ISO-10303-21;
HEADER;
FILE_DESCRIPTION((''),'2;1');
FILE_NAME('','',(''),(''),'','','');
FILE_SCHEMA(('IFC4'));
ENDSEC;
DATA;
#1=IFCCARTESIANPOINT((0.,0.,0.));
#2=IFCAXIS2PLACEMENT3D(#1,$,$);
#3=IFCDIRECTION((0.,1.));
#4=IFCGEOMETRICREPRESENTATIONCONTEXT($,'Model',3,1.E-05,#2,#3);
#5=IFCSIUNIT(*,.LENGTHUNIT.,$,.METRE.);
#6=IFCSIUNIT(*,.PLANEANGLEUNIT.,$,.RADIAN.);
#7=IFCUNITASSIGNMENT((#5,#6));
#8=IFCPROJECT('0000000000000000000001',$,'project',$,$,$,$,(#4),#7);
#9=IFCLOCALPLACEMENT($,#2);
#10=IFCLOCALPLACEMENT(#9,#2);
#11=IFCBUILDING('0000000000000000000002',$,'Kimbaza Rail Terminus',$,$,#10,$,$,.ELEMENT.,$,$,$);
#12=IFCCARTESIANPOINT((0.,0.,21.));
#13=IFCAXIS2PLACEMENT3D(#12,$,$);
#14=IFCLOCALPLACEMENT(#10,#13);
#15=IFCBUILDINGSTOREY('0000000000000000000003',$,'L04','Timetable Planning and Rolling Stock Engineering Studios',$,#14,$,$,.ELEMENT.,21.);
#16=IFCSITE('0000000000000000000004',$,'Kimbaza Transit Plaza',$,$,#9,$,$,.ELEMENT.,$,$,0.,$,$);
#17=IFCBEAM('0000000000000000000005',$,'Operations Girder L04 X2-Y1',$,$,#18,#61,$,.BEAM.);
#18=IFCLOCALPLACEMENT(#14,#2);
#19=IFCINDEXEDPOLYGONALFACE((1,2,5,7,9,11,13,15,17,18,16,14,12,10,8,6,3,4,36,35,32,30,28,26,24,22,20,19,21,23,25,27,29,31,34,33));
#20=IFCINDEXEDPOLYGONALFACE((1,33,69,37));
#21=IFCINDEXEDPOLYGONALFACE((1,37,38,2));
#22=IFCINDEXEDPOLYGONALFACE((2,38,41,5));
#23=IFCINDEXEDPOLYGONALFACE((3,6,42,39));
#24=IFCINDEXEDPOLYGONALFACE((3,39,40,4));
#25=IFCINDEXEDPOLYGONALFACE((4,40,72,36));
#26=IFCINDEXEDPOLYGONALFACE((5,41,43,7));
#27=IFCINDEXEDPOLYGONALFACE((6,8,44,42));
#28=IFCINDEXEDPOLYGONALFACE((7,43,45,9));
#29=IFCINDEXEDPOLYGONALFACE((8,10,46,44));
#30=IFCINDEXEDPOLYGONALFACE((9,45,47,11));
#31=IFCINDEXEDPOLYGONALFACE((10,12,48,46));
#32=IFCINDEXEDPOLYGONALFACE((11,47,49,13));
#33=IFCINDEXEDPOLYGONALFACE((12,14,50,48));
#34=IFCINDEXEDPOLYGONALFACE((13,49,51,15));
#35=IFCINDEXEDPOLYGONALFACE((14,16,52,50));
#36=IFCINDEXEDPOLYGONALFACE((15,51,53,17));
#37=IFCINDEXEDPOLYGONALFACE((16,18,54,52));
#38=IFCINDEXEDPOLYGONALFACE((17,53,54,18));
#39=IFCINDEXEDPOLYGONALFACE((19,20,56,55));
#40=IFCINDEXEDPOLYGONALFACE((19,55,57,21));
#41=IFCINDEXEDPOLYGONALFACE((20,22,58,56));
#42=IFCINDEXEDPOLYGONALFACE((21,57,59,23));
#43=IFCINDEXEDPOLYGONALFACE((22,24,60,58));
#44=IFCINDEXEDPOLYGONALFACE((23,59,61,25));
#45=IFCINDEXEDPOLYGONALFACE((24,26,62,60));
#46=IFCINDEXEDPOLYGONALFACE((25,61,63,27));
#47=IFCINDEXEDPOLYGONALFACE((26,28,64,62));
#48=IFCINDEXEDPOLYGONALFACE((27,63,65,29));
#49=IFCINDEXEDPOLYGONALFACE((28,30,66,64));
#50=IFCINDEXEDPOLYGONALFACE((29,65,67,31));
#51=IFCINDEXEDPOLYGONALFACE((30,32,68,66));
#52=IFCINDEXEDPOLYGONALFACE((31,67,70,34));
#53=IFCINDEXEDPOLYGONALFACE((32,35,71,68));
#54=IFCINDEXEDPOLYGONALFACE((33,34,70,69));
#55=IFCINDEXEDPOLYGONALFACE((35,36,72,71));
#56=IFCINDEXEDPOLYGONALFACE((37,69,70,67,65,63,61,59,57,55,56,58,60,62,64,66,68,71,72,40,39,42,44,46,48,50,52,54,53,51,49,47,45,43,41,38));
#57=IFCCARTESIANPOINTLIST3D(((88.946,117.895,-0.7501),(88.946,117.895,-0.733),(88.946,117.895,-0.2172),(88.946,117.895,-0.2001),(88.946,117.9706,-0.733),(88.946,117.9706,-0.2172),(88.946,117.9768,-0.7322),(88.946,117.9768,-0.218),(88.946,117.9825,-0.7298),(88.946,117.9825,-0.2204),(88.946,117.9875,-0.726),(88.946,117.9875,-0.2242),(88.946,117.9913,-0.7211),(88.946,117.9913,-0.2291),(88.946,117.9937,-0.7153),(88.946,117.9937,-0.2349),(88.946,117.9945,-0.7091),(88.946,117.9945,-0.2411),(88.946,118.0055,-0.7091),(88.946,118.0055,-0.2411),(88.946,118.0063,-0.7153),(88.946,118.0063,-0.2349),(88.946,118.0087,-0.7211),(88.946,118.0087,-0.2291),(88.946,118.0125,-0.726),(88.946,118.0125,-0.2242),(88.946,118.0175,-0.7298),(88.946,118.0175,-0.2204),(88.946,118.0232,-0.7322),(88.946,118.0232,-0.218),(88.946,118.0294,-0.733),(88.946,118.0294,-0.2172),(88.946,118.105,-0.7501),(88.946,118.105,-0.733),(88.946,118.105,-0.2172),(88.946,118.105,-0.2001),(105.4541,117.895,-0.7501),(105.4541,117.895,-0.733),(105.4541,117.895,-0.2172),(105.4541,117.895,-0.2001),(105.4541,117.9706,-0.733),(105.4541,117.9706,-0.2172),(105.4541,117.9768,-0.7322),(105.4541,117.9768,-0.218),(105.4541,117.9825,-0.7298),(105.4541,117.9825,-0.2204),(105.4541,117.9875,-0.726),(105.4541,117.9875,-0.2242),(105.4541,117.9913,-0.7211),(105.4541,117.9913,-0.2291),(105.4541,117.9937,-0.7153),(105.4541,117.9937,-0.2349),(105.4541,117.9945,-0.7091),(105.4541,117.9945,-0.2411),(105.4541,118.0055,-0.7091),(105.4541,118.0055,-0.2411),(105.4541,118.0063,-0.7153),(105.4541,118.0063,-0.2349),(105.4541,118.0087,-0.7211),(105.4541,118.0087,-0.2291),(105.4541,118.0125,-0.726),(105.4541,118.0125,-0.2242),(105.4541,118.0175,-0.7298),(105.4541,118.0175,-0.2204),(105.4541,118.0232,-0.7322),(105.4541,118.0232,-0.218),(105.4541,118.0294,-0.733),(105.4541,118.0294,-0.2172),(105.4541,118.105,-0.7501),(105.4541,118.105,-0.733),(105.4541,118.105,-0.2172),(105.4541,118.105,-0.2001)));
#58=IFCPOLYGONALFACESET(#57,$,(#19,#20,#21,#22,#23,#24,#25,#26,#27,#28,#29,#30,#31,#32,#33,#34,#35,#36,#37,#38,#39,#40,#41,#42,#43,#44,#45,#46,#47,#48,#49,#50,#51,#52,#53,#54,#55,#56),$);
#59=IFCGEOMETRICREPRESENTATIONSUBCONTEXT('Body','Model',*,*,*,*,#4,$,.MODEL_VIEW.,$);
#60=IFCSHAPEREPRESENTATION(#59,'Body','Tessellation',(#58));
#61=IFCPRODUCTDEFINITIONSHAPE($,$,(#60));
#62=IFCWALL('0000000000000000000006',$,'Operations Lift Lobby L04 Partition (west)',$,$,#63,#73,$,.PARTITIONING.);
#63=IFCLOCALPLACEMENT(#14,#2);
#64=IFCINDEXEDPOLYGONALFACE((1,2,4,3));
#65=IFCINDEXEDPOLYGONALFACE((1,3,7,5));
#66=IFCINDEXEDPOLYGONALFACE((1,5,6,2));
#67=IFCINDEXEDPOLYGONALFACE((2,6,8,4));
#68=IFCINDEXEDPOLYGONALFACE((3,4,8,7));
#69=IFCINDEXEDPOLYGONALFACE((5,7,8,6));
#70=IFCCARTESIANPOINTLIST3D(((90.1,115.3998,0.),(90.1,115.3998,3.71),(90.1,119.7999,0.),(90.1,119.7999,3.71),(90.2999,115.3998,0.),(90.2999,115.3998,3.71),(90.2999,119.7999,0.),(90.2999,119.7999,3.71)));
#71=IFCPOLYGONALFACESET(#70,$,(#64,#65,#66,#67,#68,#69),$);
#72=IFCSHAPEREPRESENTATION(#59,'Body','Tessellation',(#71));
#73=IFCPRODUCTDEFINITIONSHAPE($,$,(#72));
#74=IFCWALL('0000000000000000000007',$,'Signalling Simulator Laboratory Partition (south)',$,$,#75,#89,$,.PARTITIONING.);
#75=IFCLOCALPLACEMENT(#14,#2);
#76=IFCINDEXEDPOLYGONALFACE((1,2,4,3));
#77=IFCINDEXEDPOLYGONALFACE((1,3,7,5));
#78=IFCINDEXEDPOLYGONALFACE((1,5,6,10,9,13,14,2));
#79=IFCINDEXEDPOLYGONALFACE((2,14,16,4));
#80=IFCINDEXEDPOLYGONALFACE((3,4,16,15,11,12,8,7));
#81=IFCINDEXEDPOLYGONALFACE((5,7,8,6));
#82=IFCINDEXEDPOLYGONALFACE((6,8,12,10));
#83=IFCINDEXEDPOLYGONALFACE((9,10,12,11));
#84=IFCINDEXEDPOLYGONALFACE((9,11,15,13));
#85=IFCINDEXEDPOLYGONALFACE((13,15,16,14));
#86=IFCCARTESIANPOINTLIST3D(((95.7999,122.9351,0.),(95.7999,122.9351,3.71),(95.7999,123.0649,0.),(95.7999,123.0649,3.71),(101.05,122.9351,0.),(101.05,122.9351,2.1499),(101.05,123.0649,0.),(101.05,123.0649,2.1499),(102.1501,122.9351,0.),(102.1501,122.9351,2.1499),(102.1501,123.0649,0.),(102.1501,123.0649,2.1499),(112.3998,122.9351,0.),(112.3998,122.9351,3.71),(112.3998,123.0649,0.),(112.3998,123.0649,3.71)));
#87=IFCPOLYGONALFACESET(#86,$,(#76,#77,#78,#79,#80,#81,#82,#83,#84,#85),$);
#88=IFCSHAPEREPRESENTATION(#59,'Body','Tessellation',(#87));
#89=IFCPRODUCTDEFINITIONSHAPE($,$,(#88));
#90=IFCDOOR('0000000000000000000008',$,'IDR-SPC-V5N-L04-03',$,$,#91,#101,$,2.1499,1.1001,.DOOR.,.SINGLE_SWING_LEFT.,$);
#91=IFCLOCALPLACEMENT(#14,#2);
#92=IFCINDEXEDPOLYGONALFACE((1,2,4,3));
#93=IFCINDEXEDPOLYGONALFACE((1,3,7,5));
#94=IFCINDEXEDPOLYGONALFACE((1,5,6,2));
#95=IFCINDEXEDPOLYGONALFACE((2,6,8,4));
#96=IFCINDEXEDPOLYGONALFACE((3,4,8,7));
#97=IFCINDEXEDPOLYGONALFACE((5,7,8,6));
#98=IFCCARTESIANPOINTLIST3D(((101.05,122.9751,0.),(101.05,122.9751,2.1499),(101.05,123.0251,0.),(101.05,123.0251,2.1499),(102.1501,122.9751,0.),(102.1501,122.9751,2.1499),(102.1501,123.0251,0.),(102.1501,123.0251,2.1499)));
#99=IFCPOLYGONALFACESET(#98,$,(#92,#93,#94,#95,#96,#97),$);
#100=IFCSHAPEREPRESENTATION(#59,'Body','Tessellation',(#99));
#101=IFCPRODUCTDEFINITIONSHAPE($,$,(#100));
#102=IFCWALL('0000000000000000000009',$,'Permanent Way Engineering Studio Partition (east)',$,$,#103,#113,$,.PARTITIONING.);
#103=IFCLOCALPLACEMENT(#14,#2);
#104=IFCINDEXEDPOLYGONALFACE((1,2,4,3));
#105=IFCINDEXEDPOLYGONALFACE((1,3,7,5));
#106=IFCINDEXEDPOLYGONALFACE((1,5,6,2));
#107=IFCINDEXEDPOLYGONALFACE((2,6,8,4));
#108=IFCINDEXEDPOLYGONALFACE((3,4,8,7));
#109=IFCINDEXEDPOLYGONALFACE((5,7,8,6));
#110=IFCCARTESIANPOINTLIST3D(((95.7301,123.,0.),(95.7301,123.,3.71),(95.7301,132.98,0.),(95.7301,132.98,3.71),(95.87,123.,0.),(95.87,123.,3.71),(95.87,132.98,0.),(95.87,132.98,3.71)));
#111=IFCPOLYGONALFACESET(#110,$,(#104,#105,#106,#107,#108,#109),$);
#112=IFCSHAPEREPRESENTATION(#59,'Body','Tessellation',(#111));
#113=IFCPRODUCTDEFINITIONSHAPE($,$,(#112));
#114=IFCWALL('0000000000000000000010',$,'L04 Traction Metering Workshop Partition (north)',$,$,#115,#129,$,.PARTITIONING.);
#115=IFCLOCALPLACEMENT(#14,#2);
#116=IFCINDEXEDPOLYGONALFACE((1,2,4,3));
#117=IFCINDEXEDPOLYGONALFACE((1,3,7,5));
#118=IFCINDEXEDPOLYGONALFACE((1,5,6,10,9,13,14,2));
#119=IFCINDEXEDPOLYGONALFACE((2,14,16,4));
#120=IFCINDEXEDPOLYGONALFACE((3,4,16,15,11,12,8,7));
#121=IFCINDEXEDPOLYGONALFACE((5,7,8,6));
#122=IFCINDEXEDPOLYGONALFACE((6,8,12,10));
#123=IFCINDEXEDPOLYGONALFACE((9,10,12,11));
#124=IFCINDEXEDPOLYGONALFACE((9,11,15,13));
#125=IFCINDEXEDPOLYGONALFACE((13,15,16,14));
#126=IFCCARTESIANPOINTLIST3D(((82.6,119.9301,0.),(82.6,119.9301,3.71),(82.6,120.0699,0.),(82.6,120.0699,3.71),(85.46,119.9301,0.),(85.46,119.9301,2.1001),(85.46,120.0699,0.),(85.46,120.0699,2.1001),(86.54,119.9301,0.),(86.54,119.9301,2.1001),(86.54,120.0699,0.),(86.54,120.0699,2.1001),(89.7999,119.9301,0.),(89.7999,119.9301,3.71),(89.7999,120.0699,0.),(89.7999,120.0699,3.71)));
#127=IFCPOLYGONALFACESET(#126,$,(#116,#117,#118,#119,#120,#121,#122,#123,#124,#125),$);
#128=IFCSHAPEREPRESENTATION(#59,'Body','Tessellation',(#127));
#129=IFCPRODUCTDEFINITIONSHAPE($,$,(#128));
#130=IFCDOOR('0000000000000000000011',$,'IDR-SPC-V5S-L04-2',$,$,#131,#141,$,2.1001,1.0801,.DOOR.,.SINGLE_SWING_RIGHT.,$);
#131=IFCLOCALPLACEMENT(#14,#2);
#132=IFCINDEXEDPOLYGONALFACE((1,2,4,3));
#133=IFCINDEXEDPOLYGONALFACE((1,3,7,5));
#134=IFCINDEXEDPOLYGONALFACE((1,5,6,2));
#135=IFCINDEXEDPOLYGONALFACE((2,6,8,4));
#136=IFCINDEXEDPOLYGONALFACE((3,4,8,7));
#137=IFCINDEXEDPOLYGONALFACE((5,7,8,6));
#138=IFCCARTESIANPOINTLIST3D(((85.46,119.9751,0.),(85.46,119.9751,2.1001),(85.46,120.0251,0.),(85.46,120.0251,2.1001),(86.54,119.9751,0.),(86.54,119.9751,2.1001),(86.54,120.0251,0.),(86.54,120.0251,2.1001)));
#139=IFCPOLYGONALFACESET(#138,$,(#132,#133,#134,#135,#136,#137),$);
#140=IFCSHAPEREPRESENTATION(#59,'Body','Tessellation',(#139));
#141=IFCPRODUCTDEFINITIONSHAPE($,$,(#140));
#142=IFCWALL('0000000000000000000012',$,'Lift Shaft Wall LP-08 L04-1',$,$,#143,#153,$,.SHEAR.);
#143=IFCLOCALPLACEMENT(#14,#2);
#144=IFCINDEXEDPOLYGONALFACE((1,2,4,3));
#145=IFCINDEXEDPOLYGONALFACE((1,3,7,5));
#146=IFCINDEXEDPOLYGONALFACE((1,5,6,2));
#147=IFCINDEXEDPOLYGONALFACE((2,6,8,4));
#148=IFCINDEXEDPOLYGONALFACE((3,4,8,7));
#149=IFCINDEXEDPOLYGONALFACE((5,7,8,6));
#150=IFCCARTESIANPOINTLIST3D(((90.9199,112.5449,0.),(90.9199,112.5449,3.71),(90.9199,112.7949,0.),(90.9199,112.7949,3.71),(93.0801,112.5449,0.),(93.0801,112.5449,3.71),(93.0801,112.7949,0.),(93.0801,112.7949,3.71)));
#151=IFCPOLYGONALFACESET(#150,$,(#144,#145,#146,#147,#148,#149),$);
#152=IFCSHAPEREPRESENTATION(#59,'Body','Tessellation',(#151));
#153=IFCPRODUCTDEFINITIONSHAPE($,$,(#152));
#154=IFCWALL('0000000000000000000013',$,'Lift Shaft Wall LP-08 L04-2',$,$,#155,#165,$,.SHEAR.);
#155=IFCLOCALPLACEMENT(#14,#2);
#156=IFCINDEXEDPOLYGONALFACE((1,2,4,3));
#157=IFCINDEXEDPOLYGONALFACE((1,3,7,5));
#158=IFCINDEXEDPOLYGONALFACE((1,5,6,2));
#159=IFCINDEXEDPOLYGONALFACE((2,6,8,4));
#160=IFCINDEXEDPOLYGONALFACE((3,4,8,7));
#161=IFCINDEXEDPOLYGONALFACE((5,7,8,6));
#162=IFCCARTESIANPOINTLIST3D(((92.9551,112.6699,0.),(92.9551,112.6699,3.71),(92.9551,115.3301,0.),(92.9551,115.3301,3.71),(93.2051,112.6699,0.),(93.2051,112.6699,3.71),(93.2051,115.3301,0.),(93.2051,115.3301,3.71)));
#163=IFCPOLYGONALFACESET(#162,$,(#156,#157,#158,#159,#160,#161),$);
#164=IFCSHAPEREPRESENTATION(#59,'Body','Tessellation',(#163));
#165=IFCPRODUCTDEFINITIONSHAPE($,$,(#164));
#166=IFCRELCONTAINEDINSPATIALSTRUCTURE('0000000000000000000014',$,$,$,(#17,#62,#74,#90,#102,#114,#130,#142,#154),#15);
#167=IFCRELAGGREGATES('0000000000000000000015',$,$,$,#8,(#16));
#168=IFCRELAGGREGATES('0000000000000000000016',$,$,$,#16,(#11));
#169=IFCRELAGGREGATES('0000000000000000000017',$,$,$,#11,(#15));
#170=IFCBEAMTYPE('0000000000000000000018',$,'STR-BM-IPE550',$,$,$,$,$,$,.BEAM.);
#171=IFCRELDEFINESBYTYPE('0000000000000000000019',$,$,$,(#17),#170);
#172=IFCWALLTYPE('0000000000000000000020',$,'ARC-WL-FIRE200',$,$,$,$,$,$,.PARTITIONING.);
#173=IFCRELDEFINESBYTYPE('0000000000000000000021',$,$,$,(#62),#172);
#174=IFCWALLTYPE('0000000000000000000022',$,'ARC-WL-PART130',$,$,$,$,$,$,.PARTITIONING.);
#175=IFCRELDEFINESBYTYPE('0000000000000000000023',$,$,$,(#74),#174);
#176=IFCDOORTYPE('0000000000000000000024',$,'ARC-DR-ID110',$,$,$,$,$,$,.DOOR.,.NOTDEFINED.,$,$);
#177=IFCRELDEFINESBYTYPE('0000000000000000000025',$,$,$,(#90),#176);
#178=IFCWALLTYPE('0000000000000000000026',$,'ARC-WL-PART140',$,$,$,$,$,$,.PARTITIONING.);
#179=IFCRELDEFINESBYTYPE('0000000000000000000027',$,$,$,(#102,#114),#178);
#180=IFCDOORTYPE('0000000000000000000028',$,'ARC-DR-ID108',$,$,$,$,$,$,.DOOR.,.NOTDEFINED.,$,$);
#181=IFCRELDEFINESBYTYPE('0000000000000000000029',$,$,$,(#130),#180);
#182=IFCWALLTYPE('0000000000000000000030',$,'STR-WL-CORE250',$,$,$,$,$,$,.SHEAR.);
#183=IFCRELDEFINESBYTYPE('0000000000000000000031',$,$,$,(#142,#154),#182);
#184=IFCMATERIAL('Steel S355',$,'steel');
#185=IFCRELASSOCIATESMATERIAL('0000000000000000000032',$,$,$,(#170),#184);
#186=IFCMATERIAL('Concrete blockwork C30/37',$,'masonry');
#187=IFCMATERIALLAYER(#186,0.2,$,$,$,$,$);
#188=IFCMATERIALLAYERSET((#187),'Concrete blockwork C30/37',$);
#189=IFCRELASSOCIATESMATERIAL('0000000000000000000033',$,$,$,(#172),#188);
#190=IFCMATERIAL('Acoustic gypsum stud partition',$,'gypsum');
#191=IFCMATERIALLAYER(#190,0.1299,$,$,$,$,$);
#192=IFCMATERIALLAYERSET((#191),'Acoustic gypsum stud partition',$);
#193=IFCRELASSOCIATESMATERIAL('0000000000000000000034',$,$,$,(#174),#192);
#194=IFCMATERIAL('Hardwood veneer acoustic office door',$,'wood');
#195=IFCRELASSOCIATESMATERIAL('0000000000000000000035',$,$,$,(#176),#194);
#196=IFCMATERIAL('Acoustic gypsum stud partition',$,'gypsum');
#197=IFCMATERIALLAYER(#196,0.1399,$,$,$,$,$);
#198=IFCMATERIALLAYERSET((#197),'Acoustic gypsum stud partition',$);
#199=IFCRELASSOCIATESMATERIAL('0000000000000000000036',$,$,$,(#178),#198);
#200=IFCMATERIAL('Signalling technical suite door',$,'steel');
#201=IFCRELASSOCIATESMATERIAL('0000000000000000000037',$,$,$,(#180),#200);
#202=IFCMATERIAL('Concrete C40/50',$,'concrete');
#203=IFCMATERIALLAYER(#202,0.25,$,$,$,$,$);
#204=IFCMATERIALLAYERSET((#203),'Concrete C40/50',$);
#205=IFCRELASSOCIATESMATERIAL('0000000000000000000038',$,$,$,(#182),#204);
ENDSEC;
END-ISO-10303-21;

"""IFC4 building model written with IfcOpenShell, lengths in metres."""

from ifc_helpers import new_model, si_unit, direction, frame, frame_2d, origin, origin_2d, place, context, subcontext, project, spatial, rectangle, i_section, extrude, material, layer, layer_set, material_profile, profile_set, type_object, element, fill, save


model = new_model("IFC4")

# Units and contexts
model_context = context("Model", 3, precision=1e-05, world=origin(), true_north=direction((0.0, 1.0)))
body_context = subcontext(model_context, "Body", "Model", "MODEL_VIEW")
ifc_project = project(units=[si_unit("LENGTHUNIT", "METRE"), si_unit("PLANEANGLEUNIT", "RADIAN")], contexts=[model_context])

# Site, building, storey
site_placement = place(None, origin())
site = spatial("IfcSite", under=ifc_project, at=site_placement, Name="Kimbaza Transit Plaza", CompositionType="ELEMENT", RefElevation=0.0)
building_placement = place(site_placement, origin())
building = spatial("IfcBuilding", under=site, at=building_placement, Name="Kimbaza Rail Terminus", CompositionType="ELEMENT")
storey_placement = place(building_placement, frame((0.0, 0.0, 21.0)))
storey = spatial("IfcBuildingStorey", under=building, at=storey_placement, Name="L04", Description="Timetable Planning and Rolling Stock Engineering Studios", CompositionType="ELEMENT", Elevation=21.0)

# Beam
ifc_material_1 = material(Name="Steel S355", Category="steel")
ifc_material_profile_1 = material_profile(ifc_material_1, i_section(OverallWidth=0.21, OverallDepth=0.55, WebThickness=0.011, FlangeThickness=0.0171, FilletRadius=0.0239, at=origin_2d()), Name="IPE 550")
ifc_profile_set_1 = profile_set([ifc_material_profile_1], Name="Steel S355")
beam_type_1 = type_object("IfcBeamType", Name="STR-BM-IPE550", PredefinedType="BEAM", material=ifc_profile_set_1)
beam_1_placement = place(storey_placement, frame((88.946, 118.0, -0.4751), z_axis=(1.0, 0.0, 0.0), x_axis=(0.0, 1.0, 0.0)))
element("IfcBeam", 1, at=beam_1_placement, inside=storey, type_object=beam_type_1, Name="Operations Girder L04 X2-Y1", PredefinedType="BEAM", context=body_context, shape_type="SweptSolid", body=[
    extrude(i_section(OverallWidth=0.21, OverallDepth=0.55, WebThickness=0.011, FlangeThickness=0.0171, FilletRadius=0.0239, at=origin_2d()), origin(), (0.0, 0.0, 1.0), 16.5081),
])

# Wall
ifc_material_2 = material(Name="Concrete blockwork C30/37", Category="masonry")
ifc_layer_1 = layer(ifc_material_2, 0.2)
ifc_layer_set_1 = layer_set([ifc_layer_1], Name="Concrete blockwork C30/37")
wall_type_1 = type_object("IfcWallType", Name="ARC-WL-FIRE200", PredefinedType="PARTITIONING", material=ifc_layer_set_1)
wall_1_placement = place(storey_placement, frame((90.2, 119.8, 0.0), z_axis=(0.0, 0.0, 1.0), x_axis=(0.0, -1.0, 0.0)))
element("IfcWall", 2, at=wall_1_placement, inside=storey, type_object=wall_type_1, Name="Operations Lift Lobby L04 Partition (west)", PredefinedType="PARTITIONING", context=body_context, shape_type="SweptSolid", body=[
    extrude(rectangle(XDim=4.4001, YDim=0.2, at=frame_2d((2.2002, 0.0))), origin(), (0.0, 0.0, 1.0), 3.71),
])

# Wall, opening, door
ifc_material_3 = material(Name="Acoustic gypsum stud partition", Category="gypsum")
ifc_layer_2 = layer(ifc_material_3, 0.1299)
ifc_layer_set_2 = layer_set([ifc_layer_2], Name="Acoustic gypsum stud partition")
wall_type_2 = type_object("IfcWallType", Name="ARC-WL-PART130", PredefinedType="PARTITIONING", material=ifc_layer_set_2)
wall_2_placement = place(storey_placement, frame((95.8, 123.0, 0.0), z_axis=(0.0, 0.0, 1.0), x_axis=(1.0, 0.0, 0.0)))
wall_2 = element("IfcWall", 3, at=wall_2_placement, inside=storey, type_object=wall_type_2, Name="Signalling Simulator Laboratory Partition (south)", PredefinedType="PARTITIONING", context=body_context, shape_type="SweptSolid", body=[
    extrude(rectangle(XDim=16.5999, YDim=0.1299, at=frame_2d((8.2998, 0.0))), origin(), (0.0, 0.0, 1.0), 3.71),
])
opening_1_placement = place(wall_2_placement, frame((6.3501, 0.0, 0.0), z_axis=(0.0, 0.0, 1.0), x_axis=(-1.0, 0.0, 0.0)))
opening_1 = element("IfcOpeningElement", 4, at=opening_1_placement, cuts=wall_2, PredefinedType="OPENING", context=body_context, shape_type="SweptSolid", body=[
    extrude(rectangle(XDim=1.1001, YDim=2.1499, at=frame_2d((0.55, 1.075))), frame((0.0, 0.075, 0.0), z_axis=(0.0, -1.0, 0.0), x_axis=(1.0, 0.0, 0.0)), (0.0, 0.0, 1.0), 0.1499),
])
ifc_material_4 = material(Name="Hardwood veneer acoustic office door", Category="wood")
door_type_1 = type_object("IfcDoorType", Name="ARC-DR-ID110", OperationType="NOTDEFINED", PredefinedType="DOOR", material=ifc_material_4)
door_1_placement = place(opening_1_placement, origin())
door_1 = element("IfcDoor", 5, at=door_1_placement, inside=storey, type_object=door_type_1, Name="IDR-SPC-V5N-L04-03", OperationType="SINGLE_SWING_LEFT", OverallHeight=2.1499, OverallWidth=1.1001, PredefinedType="DOOR", context=body_context, shape_type="SweptSolid", body=[
    extrude(rectangle(XDim=1.1001, YDim=2.1499, at=frame_2d((0.55, 1.075))), frame((0.0, 0.0249, 0.0), z_axis=(0.0, -1.0, 0.0), x_axis=(1.0, 0.0, 0.0)), (0.0, 0.0, 1.0), 0.05),
])
fill(opening_1, door_1)

# Wall
ifc_material_5 = material(Name="Acoustic gypsum stud partition", Category="gypsum")
ifc_layer_3 = layer(ifc_material_5, 0.1399)
ifc_layer_set_3 = layer_set([ifc_layer_3], Name="Acoustic gypsum stud partition")
wall_type_3 = type_object("IfcWallType", Name="ARC-WL-PART140", PredefinedType="PARTITIONING", material=ifc_layer_set_3)
wall_3_placement = place(storey_placement, frame((95.8, 123.0, 0.0), z_axis=(0.0, 0.0, 1.0), x_axis=(0.0, 1.0, 0.0)))
element("IfcWall", 6, at=wall_3_placement, inside=storey, type_object=wall_type_3, Name="Permanent Way Engineering Studio Partition (east)", PredefinedType="PARTITIONING", context=body_context, shape_type="SweptSolid", body=[
    extrude(rectangle(XDim=9.98, YDim=0.1399, at=frame_2d((4.99, 0.0))), origin(), (0.0, 0.0, 1.0), 3.71),
])

# Wall, opening, door
wall_4_placement = place(storey_placement, frame((89.8, 120.0, 0.0), z_axis=(0.0, 0.0, 1.0), x_axis=(-1.0, 0.0, 0.0)))
wall_4 = element("IfcWall", 7, at=wall_4_placement, inside=storey, type_object=wall_type_3, Name="L04 Traction Metering Workshop Partition (north)", PredefinedType="PARTITIONING", context=body_context, shape_type="SweptSolid", body=[
    extrude(rectangle(XDim=7.2, YDim=0.1399, at=frame_2d((3.6001, 0.0))), origin(), (0.0, 0.0, 1.0), 3.71),
])
opening_2_placement = place(wall_4_placement, frame((3.26, 0.0, 0.0)))
opening_2 = element("IfcOpeningElement", 8, at=opening_2_placement, cuts=wall_4, PredefinedType="OPENING", context=body_context, shape_type="SweptSolid", body=[
    extrude(rectangle(XDim=1.0801, YDim=2.1001, at=frame_2d((0.54, 1.05))), frame((0.0, 0.0798, 0.0), z_axis=(0.0, -1.0, 0.0), x_axis=(1.0, 0.0, 0.0)), (0.0, 0.0, 1.0), 0.1599),
])
ifc_material_6 = material(Name="Signalling technical suite door", Category="steel")
door_type_2 = type_object("IfcDoorType", Name="ARC-DR-ID108", OperationType="NOTDEFINED", PredefinedType="DOOR", material=ifc_material_6)
door_2_placement = place(opening_2_placement, origin())
door_2 = element("IfcDoor", 9, at=door_2_placement, inside=storey, type_object=door_type_2, Name="IDR-SPC-V5S-L04-2", OperationType="SINGLE_SWING_RIGHT", OverallHeight=2.1001, OverallWidth=1.0801, PredefinedType="DOOR", context=body_context, shape_type="SweptSolid", body=[
    extrude(rectangle(XDim=1.0801, YDim=2.1001, at=frame_2d((0.54, 1.05))), frame((0.0, 0.0249, 0.0), z_axis=(0.0, -1.0, 0.0), x_axis=(1.0, 0.0, 0.0)), (0.0, 0.0, 1.0), 0.05),
])
fill(opening_2, door_2)

# Walls
ifc_material_7 = material(Name="Concrete C40/50", Category="concrete")
ifc_layer_4 = layer(ifc_material_7, 0.25)
ifc_layer_set_4 = layer_set([ifc_layer_4], Name="Concrete C40/50")
wall_type_4 = type_object("IfcWallType", Name="STR-WL-CORE250", PredefinedType="SHEAR", material=ifc_layer_set_4)
wall_5_placement = place(storey_placement, frame((90.9199, 112.6699, 0.0), z_axis=(0.0, 0.0, 1.0), x_axis=(1.0, 0.0, 0.0)))
element("IfcWall", 10, at=wall_5_placement, inside=storey, type_object=wall_type_4, Name="Lift Shaft Wall LP-08 L04-1", PredefinedType="SHEAR", context=body_context, shape_type="SweptSolid", body=[
    extrude(rectangle(XDim=2.1602, YDim=0.25, at=frame_2d((1.0801, 0.0))), origin(), (0.0, 0.0, 1.0), 3.71),
])
wall_6_placement = place(storey_placement, frame((93.0801, 112.6699, 0.0), z_axis=(0.0, 0.0, 1.0), x_axis=(0.0, 1.0, 0.0)))
element("IfcWall", 11, at=wall_6_placement, inside=storey, type_object=wall_type_4, Name="Lift Shaft Wall LP-08 L04-2", PredefinedType="SHEAR", context=body_context, shape_type="SweptSolid", body=[
    extrude(rectangle(XDim=2.6602, YDim=0.25, at=frame_2d((1.3301, 0.0))), origin(), (0.0, 0.0, 1.0), 3.71),
])

save(model, "model.ifc")
